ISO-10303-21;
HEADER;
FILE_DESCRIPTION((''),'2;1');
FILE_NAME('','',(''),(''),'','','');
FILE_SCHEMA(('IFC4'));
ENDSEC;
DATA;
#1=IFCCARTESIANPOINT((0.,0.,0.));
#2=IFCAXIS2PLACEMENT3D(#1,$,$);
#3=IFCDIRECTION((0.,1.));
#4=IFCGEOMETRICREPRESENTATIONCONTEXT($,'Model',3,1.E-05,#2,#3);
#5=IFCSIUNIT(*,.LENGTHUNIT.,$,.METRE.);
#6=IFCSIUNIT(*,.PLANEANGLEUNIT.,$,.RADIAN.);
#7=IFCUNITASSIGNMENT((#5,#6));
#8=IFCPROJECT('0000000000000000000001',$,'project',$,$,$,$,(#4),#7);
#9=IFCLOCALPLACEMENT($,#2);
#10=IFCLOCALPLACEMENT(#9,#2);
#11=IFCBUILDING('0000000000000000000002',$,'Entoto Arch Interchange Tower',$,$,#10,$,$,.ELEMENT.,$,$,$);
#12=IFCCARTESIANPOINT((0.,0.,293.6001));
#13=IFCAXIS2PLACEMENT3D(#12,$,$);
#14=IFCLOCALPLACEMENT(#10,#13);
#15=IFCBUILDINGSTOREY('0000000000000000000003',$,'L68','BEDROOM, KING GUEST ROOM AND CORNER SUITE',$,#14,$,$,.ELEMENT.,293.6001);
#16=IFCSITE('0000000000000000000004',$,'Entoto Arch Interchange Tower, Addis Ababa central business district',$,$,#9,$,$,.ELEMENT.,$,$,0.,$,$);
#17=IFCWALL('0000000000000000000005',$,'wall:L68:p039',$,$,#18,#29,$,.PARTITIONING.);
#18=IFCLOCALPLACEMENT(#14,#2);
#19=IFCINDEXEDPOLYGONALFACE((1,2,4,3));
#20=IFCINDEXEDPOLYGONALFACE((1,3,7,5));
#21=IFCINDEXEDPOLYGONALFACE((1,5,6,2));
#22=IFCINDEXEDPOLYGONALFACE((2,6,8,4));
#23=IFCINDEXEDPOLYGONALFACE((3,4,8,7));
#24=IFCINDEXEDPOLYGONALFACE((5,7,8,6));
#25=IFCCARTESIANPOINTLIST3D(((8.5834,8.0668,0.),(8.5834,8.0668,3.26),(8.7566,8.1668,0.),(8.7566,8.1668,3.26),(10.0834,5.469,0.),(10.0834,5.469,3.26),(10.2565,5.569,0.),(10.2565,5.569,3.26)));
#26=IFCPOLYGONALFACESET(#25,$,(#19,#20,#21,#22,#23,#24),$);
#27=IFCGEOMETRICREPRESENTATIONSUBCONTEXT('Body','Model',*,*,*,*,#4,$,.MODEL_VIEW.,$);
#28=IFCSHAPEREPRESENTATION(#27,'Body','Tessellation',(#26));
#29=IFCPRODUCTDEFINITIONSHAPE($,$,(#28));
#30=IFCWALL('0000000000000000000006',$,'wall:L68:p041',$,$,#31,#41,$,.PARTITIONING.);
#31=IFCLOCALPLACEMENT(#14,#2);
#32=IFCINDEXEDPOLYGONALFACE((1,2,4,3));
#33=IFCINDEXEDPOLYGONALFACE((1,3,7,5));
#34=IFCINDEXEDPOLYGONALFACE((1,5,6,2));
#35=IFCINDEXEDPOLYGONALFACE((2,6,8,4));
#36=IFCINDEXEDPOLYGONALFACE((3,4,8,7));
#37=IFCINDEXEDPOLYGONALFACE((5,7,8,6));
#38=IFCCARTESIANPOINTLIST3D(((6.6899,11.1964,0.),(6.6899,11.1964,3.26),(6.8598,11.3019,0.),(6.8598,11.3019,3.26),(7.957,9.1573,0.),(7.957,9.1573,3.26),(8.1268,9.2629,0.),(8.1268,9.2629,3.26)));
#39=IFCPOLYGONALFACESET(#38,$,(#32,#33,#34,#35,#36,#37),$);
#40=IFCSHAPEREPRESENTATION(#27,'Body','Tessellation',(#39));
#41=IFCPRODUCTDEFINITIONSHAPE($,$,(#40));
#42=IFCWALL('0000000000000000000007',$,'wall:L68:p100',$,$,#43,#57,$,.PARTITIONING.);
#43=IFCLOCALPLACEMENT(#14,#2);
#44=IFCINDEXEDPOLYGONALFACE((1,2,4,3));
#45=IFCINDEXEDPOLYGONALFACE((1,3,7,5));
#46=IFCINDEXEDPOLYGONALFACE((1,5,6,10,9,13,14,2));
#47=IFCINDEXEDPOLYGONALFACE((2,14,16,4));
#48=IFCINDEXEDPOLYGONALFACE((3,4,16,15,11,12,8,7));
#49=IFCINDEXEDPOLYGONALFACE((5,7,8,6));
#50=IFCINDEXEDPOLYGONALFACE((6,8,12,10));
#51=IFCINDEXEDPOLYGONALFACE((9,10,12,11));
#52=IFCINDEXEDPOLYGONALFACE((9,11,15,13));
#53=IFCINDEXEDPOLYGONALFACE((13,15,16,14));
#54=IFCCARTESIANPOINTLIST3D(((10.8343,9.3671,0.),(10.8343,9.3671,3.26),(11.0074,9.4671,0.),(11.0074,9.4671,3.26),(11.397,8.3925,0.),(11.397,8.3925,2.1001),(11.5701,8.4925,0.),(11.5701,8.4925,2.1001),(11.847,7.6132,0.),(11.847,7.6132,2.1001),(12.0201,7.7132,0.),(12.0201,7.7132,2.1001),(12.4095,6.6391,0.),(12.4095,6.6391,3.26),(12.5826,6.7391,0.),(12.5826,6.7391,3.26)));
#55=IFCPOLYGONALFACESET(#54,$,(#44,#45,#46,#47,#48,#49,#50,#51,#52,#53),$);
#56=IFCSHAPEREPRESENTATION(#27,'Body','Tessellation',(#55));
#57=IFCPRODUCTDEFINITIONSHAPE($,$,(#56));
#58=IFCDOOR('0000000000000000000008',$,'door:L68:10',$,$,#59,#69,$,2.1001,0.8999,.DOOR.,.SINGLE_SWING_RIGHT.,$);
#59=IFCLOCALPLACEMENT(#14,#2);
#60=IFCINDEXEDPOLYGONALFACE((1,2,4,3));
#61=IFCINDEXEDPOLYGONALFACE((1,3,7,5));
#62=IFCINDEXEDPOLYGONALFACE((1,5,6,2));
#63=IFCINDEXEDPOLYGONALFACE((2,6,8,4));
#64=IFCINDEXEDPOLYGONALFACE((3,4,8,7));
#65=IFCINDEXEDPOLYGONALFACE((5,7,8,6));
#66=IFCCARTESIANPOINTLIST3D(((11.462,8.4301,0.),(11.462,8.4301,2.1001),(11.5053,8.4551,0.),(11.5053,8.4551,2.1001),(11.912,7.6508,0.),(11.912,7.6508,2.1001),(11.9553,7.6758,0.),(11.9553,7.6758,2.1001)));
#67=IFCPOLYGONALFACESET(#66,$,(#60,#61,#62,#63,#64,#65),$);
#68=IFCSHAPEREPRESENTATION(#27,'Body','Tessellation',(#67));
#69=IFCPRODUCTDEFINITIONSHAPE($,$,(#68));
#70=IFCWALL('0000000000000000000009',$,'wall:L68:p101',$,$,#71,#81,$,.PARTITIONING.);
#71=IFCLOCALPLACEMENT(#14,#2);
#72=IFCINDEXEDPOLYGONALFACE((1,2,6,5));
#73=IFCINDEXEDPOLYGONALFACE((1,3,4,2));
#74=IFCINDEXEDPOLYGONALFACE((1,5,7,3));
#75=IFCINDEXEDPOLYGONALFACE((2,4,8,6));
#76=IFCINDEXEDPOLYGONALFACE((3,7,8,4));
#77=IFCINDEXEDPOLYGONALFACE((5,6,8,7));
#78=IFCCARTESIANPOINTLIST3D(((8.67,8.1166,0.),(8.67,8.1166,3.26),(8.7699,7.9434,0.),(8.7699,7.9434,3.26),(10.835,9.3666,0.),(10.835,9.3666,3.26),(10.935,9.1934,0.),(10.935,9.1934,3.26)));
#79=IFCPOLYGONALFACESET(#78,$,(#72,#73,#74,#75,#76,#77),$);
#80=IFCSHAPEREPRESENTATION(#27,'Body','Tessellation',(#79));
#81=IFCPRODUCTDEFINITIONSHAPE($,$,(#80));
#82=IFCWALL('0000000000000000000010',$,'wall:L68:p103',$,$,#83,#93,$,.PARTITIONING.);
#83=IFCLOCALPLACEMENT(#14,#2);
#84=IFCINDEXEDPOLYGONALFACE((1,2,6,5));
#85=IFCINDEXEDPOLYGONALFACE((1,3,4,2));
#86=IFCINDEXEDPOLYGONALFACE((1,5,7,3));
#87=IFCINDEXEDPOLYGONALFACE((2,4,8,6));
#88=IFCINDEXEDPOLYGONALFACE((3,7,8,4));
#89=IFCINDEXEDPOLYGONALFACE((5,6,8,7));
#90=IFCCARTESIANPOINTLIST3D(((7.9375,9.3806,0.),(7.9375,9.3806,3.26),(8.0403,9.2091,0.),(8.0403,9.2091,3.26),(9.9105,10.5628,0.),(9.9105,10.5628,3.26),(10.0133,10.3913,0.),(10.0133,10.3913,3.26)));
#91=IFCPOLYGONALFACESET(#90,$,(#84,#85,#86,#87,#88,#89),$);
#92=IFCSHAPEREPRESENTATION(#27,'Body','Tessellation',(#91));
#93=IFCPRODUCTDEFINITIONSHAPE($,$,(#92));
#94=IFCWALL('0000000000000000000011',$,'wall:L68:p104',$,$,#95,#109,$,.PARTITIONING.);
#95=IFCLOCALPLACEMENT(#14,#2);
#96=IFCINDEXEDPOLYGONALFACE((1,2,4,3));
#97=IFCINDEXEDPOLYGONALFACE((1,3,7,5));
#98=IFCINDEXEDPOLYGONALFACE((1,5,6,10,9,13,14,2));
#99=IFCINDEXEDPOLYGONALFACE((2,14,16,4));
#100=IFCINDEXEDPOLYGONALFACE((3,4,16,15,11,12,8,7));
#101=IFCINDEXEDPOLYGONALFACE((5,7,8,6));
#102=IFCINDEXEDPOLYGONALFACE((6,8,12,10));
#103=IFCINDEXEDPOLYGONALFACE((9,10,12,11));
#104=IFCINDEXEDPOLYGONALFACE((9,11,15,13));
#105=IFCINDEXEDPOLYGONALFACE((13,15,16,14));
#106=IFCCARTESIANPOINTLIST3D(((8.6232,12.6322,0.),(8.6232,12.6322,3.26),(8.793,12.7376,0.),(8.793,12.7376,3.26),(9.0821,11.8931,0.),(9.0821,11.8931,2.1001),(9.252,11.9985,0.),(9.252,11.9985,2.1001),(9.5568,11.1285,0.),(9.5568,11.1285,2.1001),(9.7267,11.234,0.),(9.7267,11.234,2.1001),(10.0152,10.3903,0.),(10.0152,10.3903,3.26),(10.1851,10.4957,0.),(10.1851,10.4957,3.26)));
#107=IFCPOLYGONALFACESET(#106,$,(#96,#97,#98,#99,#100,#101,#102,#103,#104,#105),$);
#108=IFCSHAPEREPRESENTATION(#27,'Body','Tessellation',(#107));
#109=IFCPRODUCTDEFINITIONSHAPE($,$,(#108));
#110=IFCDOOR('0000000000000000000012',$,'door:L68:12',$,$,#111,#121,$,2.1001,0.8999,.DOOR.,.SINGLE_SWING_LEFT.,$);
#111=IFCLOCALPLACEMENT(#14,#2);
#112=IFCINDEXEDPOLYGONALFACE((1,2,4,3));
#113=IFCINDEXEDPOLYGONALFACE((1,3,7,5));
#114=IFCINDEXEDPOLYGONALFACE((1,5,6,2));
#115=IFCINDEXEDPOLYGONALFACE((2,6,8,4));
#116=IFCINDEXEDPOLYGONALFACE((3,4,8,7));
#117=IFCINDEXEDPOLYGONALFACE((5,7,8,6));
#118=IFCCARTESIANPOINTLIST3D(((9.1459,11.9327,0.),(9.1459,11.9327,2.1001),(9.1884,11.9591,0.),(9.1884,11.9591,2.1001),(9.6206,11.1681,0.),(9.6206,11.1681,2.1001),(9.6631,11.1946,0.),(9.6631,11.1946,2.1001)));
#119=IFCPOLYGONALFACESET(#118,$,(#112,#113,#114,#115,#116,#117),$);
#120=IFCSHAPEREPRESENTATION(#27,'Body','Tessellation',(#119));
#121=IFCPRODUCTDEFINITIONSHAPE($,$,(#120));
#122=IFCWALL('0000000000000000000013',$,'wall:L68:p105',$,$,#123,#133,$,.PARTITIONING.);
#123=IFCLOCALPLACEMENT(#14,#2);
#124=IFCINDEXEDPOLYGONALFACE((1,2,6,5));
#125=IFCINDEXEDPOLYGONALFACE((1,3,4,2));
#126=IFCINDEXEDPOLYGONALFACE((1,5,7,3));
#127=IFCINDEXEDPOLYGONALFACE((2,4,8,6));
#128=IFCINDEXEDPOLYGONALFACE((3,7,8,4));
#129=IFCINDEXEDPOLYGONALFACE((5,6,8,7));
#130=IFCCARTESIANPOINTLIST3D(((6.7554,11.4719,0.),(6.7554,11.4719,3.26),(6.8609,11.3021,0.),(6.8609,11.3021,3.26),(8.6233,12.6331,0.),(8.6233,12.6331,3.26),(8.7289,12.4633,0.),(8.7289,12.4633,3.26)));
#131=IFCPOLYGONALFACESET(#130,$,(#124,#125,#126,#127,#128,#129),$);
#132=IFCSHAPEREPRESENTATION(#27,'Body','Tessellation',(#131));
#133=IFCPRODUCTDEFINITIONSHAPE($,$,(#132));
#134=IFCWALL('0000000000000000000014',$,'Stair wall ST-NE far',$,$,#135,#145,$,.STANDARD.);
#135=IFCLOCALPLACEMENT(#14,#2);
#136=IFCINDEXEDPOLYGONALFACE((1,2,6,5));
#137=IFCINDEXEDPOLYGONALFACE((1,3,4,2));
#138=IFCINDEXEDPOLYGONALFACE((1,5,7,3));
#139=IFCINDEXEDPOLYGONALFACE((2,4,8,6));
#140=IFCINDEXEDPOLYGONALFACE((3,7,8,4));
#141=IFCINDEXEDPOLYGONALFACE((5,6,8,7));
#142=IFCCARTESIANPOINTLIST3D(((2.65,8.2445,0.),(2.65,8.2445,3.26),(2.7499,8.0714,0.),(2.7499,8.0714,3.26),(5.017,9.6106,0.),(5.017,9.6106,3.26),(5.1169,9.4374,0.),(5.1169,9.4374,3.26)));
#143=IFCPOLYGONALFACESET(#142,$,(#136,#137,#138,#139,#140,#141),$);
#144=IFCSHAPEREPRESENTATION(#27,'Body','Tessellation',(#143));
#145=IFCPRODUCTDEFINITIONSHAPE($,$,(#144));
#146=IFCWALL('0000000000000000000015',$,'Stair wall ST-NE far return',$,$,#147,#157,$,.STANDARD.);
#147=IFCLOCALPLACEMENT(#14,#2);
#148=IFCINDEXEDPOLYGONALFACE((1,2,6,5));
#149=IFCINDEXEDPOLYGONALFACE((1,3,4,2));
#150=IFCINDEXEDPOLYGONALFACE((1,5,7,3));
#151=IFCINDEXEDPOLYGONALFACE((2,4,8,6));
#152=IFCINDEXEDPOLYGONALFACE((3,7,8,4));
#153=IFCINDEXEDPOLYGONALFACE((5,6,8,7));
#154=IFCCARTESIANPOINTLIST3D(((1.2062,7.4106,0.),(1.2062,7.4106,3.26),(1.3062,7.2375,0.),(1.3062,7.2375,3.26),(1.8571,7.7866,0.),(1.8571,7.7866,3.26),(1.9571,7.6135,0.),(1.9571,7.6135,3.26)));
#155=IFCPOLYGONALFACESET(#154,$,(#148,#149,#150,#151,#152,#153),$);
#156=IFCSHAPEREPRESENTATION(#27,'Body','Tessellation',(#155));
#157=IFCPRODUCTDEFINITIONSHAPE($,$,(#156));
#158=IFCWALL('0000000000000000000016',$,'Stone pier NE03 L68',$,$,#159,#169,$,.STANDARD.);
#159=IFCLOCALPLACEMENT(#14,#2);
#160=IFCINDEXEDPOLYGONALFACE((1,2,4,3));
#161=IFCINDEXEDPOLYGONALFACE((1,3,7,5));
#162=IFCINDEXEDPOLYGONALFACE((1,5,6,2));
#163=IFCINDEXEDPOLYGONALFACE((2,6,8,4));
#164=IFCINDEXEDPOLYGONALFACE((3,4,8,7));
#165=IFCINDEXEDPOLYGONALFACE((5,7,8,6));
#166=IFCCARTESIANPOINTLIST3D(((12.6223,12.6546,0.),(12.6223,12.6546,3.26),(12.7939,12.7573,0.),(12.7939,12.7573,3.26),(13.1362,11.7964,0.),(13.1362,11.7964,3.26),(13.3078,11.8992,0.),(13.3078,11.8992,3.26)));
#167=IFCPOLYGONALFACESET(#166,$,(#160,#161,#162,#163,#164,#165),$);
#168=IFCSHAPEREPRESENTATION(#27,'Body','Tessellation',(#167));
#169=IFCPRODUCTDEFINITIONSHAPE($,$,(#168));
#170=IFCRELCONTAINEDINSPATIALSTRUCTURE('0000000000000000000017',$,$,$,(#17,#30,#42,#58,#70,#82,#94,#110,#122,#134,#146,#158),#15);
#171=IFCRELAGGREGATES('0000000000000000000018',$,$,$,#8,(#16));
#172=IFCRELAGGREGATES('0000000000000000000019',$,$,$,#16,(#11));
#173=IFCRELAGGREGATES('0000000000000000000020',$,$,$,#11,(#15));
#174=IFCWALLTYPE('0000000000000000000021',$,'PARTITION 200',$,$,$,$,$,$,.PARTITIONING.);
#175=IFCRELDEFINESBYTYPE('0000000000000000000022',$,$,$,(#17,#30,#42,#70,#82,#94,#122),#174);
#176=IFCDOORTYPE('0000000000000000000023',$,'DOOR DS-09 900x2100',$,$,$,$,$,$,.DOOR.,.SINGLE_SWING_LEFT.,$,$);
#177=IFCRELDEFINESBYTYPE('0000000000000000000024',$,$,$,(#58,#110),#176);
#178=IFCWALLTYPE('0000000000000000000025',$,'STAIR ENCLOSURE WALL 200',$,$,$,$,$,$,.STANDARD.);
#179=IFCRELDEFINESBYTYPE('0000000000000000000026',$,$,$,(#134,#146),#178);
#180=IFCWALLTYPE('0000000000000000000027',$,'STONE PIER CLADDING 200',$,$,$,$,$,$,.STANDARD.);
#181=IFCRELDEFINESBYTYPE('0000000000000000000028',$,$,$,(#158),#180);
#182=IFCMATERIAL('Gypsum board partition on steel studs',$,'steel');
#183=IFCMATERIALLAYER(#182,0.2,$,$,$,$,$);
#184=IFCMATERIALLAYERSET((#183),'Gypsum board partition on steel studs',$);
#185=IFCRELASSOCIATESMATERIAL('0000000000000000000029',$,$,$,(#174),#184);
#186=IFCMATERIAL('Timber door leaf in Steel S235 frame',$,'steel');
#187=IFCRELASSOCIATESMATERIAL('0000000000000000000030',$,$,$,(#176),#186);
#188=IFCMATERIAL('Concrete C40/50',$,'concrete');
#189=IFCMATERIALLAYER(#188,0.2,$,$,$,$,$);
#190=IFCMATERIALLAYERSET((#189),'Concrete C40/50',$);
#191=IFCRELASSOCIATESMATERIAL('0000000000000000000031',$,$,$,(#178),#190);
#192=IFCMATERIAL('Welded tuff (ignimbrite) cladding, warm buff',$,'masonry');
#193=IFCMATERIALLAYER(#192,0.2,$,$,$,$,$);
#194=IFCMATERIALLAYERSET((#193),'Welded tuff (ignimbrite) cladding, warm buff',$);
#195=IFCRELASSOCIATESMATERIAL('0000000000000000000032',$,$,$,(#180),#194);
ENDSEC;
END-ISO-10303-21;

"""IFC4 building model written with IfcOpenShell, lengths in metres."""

from ifc_helpers import new_model, si_unit, direction, frame, frame_2d, origin, place, context, subcontext, project, spatial, rectangle, extrude, material, layer, layer_set, type_object, element, fill, save


model = new_model("IFC4")

# Units and contexts
model_context = context("Model", 3, precision=1e-05, world=origin(), true_north=direction((0.0, 1.0)))
body_context = subcontext(model_context, "Body", "Model", "MODEL_VIEW")
ifc_project = project(units=[si_unit("LENGTHUNIT", "METRE"), si_unit("PLANEANGLEUNIT", "RADIAN")], contexts=[model_context])

# Site, building, storey
site_placement = place(None, origin())
site = spatial("IfcSite", under=ifc_project, at=site_placement, Name="Entoto Arch Interchange Tower, Addis Ababa central business district", CompositionType="ELEMENT", RefElevation=0.0)
building_placement = place(site_placement, origin())
building = spatial("IfcBuilding", under=site, at=building_placement, Name="Entoto Arch Interchange Tower", CompositionType="ELEMENT")
storey_placement = place(building_placement, frame((0.0, 0.0, 293.6001)))
storey = spatial("IfcBuildingStorey", under=building, at=storey_placement, Name="L68", Description="BEDROOM, KING GUEST ROOM AND CORNER SUITE", CompositionType="ELEMENT", Elevation=293.6001)

# Shared definitions
ifc_material_1 = material(Name="Concrete C40/50", Category="concrete")

# Walls
ifc_material_2 = material(Name="Gypsum board partition on steel studs", Category="steel")
ifc_layer_1 = layer(ifc_material_2, 0.2)
ifc_layer_set_1 = layer_set([ifc_layer_1], Name="Gypsum board partition on steel studs")
wall_type_1 = type_object("IfcWallType", Name="PARTITION 200", PredefinedType="PARTITIONING", material=ifc_layer_set_1)
wall_1_placement = place(storey_placement, frame((8.6699, 8.1169, 0.0), z_axis=(0.0, 0.0, 1.0), x_axis=(0.500025, -0.866011, 0.0)))
element("IfcWall", 1, at=wall_1_placement, inside=storey, type_object=wall_type_1, Name="wall:L68:p039", PredefinedType="PARTITIONING", context=body_context, shape_type="SweptSolid", body=[
    extrude(rectangle(XDim=2.9998, YDim=0.2, at=frame_2d((1.5, 0.0))), origin(), (0.0, 0.0, 1.0), 3.26),
])
wall_2_placement = place(storey_placement, frame((6.7749, 11.249, 0.0), z_axis=(0.0, 0.0, 1.0), x_axis=(0.527803, -0.849367, 0.0)))
element("IfcWall", 2, at=wall_2_placement, inside=storey, type_object=wall_type_1, Name="wall:L68:p041", PredefinedType="PARTITIONING", context=body_context, shape_type="SweptSolid", body=[
    extrude(rectangle(XDim=2.4006, YDim=0.2, at=frame_2d((1.2002, 0.0))), origin(), (0.0, 0.0, 1.0), 3.26),
])

# Wall, opening, door
wall_3_placement = place(storey_placement, frame((12.4961, 6.689, 0.0), z_axis=(0.0, 0.0, 1.0), x_axis=(-0.50004, 0.866002, 0.0)))
wall_3 = element("IfcWall", 3, at=wall_3_placement, inside=storey, type_object=wall_type_1, Name="wall:L68:p100", PredefinedType="PARTITIONING", context=body_context, shape_type="SweptSolid", body=[
    extrude(rectangle(XDim=3.1501, YDim=0.2, at=frame_2d((1.5752, 0.0))), origin(), (0.0, 0.0, 1.0), 3.26),
])
opening_1_placement = place(wall_3_placement, frame((1.125, 0.0, 0.0)))
opening_1 = element("IfcOpeningElement", 4, at=opening_1_placement, cuts=wall_3, PredefinedType="OPENING", context=body_context, shape_type="SweptSolid", body=[
    extrude(rectangle(XDim=0.8999, YDim=2.1001, at=frame_2d((0.45, 1.05))), frame((0.0, 0.1099, 0.0), z_axis=(0.0, -1.0, 0.0), x_axis=(1.0, 0.0, 0.0)), (0.0, 0.0, 1.0), 0.22),
])
ifc_material_3 = material(Name="Timber door leaf in Steel S235 frame", Category="steel")
door_type_1 = type_object("IfcDoorType", Name="DOOR DS-09 900x2100", OperationType="SINGLE_SWING_LEFT", PredefinedType="DOOR", material=ifc_material_3)
door_1_placement = place(opening_1_placement, origin())
door_1 = element("IfcDoor", 5, at=door_1_placement, inside=storey, type_object=door_type_1, Name="door:L68:10", OperationType="SINGLE_SWING_RIGHT", OverallHeight=2.1001, OverallWidth=0.8999, PredefinedType="DOOR", context=body_context, shape_type="SweptSolid", body=[
    extrude(rectangle(XDim=0.8999, YDim=2.1001, at=frame_2d((0.45, 1.05))), frame((0.0, 0.0249, 0.0), z_axis=(0.0, -1.0, 0.0), x_axis=(1.0, 0.0, 0.0)), (0.0, 0.0, 1.0), 0.05),
])
fill(opening_1, door_1)

# Walls
wall_4_placement = place(storey_placement, frame((10.885, 9.28, 0.0), z_axis=(0.0, 0.0, 1.0), x_axis=(-0.866023, -0.500004, 0.0)))
element("IfcWall", 6, at=wall_4_placement, inside=storey, type_object=wall_type_1, Name="wall:L68:p101", PredefinedType="PARTITIONING", context=body_context, shape_type="SweptSolid", body=[
    extrude(rectangle(XDim=2.5, YDim=0.2, at=frame_2d((1.25, 0.0))), origin(), (0.0, 0.0, 1.0), 3.26),
])
wall_5_placement = place(storey_placement, frame((7.989, 9.2949, 0.0), z_axis=(0.0, 0.0, 1.0), x_axis=(0.857802, 0.513981, 0.0)))
element("IfcWall", 7, at=wall_5_placement, inside=storey, type_object=wall_type_1, Name="wall:L68:p103", PredefinedType="PARTITIONING", context=body_context, shape_type="SweptSolid", body=[
    extrude(rectangle(XDim=2.3, YDim=0.2, at=frame_2d((1.1499, 0.0))), origin(), (0.0, 0.0, 1.0), 3.26),
])

# Wall, opening, door
wall_6_placement = place(storey_placement, frame((10.1001, 10.4431, 0.0), z_axis=(0.0, 0.0, 1.0), x_axis=(-0.52751, 0.849549, 0.0)))
wall_6 = element("IfcWall", 8, at=wall_6_placement, inside=storey, type_object=wall_type_1, Name="wall:L68:p104", PredefinedType="PARTITIONING", context=body_context, shape_type="SweptSolid", body=[
    extrude(rectangle(XDim=2.6389, YDim=0.2, at=frame_2d((1.3193, 0.0))), origin(), (0.0, 0.0, 1.0), 3.26),
])
opening_2_placement = place(wall_6_placement, frame((0.8689, 0.0, 0.0)))
opening_2 = element("IfcOpeningElement", 9, at=opening_2_placement, cuts=wall_6, PredefinedType="OPENING", context=body_context, shape_type="SweptSolid", body=[
    extrude(rectangle(XDim=0.8999, YDim=2.1001, at=frame_2d((0.45, 1.05))), frame((0.0, 0.1099, 0.0), z_axis=(0.0, -1.0, 0.0), x_axis=(1.0, 0.0, 0.0)), (0.0, 0.0, 1.0), 0.22),
])
door_2_placement = place(opening_2_placement, origin())
door_2 = element("IfcDoor", 10, at=door_2_placement, inside=storey, type_object=door_type_1, Name="door:L68:12", OperationType="SINGLE_SWING_LEFT", OverallHeight=2.1001, OverallWidth=0.8999, PredefinedType="DOOR", context=body_context, shape_type="SweptSolid", body=[
    extrude(rectangle(XDim=0.8999, YDim=2.1001, at=frame_2d((0.45, 1.05))), frame((0.0, 0.0249, 0.0), z_axis=(0.0, -1.0, 0.0), x_axis=(1.0, 0.0, 0.0)), (0.0, 0.0, 1.0), 0.05),
])
fill(opening_2, door_2)

# Walls
wall_7_placement = place(storey_placement, frame((8.676, 12.5481, 0.0), z_axis=(0.0, 0.0, 1.0), x_axis=(-0.849287, -0.527932, 0.0)))
element("IfcWall", 11, at=wall_7_placement, inside=storey, type_object=wall_type_1, Name="wall:L68:p105", PredefinedType="PARTITIONING", context=body_context, shape_type="SweptSolid", body=[
    extrude(rectangle(XDim=2.1995, YDim=0.2, at=frame_2d((1.0996, 0.0))), origin(), (0.0, 0.0, 1.0), 3.26),
])
ifc_layer_2 = layer(ifc_material_1, 0.2)
ifc_layer_set_2 = layer_set([ifc_layer_2], Name="Concrete C40/50")
wall_type_2 = type_object("IfcWallType", Name="STAIR ENCLOSURE WALL 200", PredefinedType="STANDARD", material=ifc_layer_set_2)
wall_8_placement = place(storey_placement, frame((2.7, 8.158, 0.0), z_axis=(0.0, 0.0, 1.0), x_axis=(0.866119, 0.499838, 0.0)))
element("IfcWall", 12, at=wall_8_placement, inside=storey, type_object=wall_type_2, Name="Stair wall ST-NE far", PredefinedType="STANDARD", context=body_context, shape_type="SweptSolid", body=[
    extrude(rectangle(XDim=2.7329, YDim=0.2, at=frame_2d((1.3665, 0.0))), origin(), (0.0, 0.0, 1.0), 3.26),
])
wall_9_placement = place(storey_placement, frame((1.2561, 7.324, 0.0), z_axis=(0.0, 0.0, 1.0), x_axis=(0.865915, 0.500191, 0.0)))
element("IfcWall", 13, at=wall_9_placement, inside=storey, type_object=wall_type_2, Name="Stair wall ST-NE far return", PredefinedType="STANDARD", context=body_context, shape_type="SweptSolid", body=[
    extrude(rectangle(XDim=0.7517, YDim=0.2, at=frame_2d((0.376, 0.0))), origin(), (0.0, 0.0, 1.0), 3.26),
])
ifc_material_4 = material(Name="Welded tuff (ignimbrite) cladding, warm buff", Category="masonry")
ifc_layer_3 = layer(ifc_material_4, 0.2)
ifc_layer_set_3 = layer_set([ifc_layer_3], Name="Welded tuff (ignimbrite) cladding, warm buff")
wall_type_3 = type_object("IfcWallType", Name="STONE PIER CLADDING 200", PredefinedType="STANDARD", material=ifc_layer_set_3)
wall_10_placement = place(storey_placement, frame((13.2219, 11.8479, 0.0), z_axis=(0.0, 0.0, 1.0), x_axis=(-0.513778, 0.857923, 0.0)))
element("IfcWall", 14, at=wall_10_placement, inside=storey, type_object=wall_type_3, Name="Stone pier NE03 L68", PredefinedType="STANDARD", context=body_context, shape_type="SweptSolid", body=[
    extrude(rectangle(XDim=1.0002, YDim=0.2, at=frame_2d((0.5, 0.0))), origin(), (0.0, 0.0, 1.0), 3.26),
])

save(model, "model.ifc")
